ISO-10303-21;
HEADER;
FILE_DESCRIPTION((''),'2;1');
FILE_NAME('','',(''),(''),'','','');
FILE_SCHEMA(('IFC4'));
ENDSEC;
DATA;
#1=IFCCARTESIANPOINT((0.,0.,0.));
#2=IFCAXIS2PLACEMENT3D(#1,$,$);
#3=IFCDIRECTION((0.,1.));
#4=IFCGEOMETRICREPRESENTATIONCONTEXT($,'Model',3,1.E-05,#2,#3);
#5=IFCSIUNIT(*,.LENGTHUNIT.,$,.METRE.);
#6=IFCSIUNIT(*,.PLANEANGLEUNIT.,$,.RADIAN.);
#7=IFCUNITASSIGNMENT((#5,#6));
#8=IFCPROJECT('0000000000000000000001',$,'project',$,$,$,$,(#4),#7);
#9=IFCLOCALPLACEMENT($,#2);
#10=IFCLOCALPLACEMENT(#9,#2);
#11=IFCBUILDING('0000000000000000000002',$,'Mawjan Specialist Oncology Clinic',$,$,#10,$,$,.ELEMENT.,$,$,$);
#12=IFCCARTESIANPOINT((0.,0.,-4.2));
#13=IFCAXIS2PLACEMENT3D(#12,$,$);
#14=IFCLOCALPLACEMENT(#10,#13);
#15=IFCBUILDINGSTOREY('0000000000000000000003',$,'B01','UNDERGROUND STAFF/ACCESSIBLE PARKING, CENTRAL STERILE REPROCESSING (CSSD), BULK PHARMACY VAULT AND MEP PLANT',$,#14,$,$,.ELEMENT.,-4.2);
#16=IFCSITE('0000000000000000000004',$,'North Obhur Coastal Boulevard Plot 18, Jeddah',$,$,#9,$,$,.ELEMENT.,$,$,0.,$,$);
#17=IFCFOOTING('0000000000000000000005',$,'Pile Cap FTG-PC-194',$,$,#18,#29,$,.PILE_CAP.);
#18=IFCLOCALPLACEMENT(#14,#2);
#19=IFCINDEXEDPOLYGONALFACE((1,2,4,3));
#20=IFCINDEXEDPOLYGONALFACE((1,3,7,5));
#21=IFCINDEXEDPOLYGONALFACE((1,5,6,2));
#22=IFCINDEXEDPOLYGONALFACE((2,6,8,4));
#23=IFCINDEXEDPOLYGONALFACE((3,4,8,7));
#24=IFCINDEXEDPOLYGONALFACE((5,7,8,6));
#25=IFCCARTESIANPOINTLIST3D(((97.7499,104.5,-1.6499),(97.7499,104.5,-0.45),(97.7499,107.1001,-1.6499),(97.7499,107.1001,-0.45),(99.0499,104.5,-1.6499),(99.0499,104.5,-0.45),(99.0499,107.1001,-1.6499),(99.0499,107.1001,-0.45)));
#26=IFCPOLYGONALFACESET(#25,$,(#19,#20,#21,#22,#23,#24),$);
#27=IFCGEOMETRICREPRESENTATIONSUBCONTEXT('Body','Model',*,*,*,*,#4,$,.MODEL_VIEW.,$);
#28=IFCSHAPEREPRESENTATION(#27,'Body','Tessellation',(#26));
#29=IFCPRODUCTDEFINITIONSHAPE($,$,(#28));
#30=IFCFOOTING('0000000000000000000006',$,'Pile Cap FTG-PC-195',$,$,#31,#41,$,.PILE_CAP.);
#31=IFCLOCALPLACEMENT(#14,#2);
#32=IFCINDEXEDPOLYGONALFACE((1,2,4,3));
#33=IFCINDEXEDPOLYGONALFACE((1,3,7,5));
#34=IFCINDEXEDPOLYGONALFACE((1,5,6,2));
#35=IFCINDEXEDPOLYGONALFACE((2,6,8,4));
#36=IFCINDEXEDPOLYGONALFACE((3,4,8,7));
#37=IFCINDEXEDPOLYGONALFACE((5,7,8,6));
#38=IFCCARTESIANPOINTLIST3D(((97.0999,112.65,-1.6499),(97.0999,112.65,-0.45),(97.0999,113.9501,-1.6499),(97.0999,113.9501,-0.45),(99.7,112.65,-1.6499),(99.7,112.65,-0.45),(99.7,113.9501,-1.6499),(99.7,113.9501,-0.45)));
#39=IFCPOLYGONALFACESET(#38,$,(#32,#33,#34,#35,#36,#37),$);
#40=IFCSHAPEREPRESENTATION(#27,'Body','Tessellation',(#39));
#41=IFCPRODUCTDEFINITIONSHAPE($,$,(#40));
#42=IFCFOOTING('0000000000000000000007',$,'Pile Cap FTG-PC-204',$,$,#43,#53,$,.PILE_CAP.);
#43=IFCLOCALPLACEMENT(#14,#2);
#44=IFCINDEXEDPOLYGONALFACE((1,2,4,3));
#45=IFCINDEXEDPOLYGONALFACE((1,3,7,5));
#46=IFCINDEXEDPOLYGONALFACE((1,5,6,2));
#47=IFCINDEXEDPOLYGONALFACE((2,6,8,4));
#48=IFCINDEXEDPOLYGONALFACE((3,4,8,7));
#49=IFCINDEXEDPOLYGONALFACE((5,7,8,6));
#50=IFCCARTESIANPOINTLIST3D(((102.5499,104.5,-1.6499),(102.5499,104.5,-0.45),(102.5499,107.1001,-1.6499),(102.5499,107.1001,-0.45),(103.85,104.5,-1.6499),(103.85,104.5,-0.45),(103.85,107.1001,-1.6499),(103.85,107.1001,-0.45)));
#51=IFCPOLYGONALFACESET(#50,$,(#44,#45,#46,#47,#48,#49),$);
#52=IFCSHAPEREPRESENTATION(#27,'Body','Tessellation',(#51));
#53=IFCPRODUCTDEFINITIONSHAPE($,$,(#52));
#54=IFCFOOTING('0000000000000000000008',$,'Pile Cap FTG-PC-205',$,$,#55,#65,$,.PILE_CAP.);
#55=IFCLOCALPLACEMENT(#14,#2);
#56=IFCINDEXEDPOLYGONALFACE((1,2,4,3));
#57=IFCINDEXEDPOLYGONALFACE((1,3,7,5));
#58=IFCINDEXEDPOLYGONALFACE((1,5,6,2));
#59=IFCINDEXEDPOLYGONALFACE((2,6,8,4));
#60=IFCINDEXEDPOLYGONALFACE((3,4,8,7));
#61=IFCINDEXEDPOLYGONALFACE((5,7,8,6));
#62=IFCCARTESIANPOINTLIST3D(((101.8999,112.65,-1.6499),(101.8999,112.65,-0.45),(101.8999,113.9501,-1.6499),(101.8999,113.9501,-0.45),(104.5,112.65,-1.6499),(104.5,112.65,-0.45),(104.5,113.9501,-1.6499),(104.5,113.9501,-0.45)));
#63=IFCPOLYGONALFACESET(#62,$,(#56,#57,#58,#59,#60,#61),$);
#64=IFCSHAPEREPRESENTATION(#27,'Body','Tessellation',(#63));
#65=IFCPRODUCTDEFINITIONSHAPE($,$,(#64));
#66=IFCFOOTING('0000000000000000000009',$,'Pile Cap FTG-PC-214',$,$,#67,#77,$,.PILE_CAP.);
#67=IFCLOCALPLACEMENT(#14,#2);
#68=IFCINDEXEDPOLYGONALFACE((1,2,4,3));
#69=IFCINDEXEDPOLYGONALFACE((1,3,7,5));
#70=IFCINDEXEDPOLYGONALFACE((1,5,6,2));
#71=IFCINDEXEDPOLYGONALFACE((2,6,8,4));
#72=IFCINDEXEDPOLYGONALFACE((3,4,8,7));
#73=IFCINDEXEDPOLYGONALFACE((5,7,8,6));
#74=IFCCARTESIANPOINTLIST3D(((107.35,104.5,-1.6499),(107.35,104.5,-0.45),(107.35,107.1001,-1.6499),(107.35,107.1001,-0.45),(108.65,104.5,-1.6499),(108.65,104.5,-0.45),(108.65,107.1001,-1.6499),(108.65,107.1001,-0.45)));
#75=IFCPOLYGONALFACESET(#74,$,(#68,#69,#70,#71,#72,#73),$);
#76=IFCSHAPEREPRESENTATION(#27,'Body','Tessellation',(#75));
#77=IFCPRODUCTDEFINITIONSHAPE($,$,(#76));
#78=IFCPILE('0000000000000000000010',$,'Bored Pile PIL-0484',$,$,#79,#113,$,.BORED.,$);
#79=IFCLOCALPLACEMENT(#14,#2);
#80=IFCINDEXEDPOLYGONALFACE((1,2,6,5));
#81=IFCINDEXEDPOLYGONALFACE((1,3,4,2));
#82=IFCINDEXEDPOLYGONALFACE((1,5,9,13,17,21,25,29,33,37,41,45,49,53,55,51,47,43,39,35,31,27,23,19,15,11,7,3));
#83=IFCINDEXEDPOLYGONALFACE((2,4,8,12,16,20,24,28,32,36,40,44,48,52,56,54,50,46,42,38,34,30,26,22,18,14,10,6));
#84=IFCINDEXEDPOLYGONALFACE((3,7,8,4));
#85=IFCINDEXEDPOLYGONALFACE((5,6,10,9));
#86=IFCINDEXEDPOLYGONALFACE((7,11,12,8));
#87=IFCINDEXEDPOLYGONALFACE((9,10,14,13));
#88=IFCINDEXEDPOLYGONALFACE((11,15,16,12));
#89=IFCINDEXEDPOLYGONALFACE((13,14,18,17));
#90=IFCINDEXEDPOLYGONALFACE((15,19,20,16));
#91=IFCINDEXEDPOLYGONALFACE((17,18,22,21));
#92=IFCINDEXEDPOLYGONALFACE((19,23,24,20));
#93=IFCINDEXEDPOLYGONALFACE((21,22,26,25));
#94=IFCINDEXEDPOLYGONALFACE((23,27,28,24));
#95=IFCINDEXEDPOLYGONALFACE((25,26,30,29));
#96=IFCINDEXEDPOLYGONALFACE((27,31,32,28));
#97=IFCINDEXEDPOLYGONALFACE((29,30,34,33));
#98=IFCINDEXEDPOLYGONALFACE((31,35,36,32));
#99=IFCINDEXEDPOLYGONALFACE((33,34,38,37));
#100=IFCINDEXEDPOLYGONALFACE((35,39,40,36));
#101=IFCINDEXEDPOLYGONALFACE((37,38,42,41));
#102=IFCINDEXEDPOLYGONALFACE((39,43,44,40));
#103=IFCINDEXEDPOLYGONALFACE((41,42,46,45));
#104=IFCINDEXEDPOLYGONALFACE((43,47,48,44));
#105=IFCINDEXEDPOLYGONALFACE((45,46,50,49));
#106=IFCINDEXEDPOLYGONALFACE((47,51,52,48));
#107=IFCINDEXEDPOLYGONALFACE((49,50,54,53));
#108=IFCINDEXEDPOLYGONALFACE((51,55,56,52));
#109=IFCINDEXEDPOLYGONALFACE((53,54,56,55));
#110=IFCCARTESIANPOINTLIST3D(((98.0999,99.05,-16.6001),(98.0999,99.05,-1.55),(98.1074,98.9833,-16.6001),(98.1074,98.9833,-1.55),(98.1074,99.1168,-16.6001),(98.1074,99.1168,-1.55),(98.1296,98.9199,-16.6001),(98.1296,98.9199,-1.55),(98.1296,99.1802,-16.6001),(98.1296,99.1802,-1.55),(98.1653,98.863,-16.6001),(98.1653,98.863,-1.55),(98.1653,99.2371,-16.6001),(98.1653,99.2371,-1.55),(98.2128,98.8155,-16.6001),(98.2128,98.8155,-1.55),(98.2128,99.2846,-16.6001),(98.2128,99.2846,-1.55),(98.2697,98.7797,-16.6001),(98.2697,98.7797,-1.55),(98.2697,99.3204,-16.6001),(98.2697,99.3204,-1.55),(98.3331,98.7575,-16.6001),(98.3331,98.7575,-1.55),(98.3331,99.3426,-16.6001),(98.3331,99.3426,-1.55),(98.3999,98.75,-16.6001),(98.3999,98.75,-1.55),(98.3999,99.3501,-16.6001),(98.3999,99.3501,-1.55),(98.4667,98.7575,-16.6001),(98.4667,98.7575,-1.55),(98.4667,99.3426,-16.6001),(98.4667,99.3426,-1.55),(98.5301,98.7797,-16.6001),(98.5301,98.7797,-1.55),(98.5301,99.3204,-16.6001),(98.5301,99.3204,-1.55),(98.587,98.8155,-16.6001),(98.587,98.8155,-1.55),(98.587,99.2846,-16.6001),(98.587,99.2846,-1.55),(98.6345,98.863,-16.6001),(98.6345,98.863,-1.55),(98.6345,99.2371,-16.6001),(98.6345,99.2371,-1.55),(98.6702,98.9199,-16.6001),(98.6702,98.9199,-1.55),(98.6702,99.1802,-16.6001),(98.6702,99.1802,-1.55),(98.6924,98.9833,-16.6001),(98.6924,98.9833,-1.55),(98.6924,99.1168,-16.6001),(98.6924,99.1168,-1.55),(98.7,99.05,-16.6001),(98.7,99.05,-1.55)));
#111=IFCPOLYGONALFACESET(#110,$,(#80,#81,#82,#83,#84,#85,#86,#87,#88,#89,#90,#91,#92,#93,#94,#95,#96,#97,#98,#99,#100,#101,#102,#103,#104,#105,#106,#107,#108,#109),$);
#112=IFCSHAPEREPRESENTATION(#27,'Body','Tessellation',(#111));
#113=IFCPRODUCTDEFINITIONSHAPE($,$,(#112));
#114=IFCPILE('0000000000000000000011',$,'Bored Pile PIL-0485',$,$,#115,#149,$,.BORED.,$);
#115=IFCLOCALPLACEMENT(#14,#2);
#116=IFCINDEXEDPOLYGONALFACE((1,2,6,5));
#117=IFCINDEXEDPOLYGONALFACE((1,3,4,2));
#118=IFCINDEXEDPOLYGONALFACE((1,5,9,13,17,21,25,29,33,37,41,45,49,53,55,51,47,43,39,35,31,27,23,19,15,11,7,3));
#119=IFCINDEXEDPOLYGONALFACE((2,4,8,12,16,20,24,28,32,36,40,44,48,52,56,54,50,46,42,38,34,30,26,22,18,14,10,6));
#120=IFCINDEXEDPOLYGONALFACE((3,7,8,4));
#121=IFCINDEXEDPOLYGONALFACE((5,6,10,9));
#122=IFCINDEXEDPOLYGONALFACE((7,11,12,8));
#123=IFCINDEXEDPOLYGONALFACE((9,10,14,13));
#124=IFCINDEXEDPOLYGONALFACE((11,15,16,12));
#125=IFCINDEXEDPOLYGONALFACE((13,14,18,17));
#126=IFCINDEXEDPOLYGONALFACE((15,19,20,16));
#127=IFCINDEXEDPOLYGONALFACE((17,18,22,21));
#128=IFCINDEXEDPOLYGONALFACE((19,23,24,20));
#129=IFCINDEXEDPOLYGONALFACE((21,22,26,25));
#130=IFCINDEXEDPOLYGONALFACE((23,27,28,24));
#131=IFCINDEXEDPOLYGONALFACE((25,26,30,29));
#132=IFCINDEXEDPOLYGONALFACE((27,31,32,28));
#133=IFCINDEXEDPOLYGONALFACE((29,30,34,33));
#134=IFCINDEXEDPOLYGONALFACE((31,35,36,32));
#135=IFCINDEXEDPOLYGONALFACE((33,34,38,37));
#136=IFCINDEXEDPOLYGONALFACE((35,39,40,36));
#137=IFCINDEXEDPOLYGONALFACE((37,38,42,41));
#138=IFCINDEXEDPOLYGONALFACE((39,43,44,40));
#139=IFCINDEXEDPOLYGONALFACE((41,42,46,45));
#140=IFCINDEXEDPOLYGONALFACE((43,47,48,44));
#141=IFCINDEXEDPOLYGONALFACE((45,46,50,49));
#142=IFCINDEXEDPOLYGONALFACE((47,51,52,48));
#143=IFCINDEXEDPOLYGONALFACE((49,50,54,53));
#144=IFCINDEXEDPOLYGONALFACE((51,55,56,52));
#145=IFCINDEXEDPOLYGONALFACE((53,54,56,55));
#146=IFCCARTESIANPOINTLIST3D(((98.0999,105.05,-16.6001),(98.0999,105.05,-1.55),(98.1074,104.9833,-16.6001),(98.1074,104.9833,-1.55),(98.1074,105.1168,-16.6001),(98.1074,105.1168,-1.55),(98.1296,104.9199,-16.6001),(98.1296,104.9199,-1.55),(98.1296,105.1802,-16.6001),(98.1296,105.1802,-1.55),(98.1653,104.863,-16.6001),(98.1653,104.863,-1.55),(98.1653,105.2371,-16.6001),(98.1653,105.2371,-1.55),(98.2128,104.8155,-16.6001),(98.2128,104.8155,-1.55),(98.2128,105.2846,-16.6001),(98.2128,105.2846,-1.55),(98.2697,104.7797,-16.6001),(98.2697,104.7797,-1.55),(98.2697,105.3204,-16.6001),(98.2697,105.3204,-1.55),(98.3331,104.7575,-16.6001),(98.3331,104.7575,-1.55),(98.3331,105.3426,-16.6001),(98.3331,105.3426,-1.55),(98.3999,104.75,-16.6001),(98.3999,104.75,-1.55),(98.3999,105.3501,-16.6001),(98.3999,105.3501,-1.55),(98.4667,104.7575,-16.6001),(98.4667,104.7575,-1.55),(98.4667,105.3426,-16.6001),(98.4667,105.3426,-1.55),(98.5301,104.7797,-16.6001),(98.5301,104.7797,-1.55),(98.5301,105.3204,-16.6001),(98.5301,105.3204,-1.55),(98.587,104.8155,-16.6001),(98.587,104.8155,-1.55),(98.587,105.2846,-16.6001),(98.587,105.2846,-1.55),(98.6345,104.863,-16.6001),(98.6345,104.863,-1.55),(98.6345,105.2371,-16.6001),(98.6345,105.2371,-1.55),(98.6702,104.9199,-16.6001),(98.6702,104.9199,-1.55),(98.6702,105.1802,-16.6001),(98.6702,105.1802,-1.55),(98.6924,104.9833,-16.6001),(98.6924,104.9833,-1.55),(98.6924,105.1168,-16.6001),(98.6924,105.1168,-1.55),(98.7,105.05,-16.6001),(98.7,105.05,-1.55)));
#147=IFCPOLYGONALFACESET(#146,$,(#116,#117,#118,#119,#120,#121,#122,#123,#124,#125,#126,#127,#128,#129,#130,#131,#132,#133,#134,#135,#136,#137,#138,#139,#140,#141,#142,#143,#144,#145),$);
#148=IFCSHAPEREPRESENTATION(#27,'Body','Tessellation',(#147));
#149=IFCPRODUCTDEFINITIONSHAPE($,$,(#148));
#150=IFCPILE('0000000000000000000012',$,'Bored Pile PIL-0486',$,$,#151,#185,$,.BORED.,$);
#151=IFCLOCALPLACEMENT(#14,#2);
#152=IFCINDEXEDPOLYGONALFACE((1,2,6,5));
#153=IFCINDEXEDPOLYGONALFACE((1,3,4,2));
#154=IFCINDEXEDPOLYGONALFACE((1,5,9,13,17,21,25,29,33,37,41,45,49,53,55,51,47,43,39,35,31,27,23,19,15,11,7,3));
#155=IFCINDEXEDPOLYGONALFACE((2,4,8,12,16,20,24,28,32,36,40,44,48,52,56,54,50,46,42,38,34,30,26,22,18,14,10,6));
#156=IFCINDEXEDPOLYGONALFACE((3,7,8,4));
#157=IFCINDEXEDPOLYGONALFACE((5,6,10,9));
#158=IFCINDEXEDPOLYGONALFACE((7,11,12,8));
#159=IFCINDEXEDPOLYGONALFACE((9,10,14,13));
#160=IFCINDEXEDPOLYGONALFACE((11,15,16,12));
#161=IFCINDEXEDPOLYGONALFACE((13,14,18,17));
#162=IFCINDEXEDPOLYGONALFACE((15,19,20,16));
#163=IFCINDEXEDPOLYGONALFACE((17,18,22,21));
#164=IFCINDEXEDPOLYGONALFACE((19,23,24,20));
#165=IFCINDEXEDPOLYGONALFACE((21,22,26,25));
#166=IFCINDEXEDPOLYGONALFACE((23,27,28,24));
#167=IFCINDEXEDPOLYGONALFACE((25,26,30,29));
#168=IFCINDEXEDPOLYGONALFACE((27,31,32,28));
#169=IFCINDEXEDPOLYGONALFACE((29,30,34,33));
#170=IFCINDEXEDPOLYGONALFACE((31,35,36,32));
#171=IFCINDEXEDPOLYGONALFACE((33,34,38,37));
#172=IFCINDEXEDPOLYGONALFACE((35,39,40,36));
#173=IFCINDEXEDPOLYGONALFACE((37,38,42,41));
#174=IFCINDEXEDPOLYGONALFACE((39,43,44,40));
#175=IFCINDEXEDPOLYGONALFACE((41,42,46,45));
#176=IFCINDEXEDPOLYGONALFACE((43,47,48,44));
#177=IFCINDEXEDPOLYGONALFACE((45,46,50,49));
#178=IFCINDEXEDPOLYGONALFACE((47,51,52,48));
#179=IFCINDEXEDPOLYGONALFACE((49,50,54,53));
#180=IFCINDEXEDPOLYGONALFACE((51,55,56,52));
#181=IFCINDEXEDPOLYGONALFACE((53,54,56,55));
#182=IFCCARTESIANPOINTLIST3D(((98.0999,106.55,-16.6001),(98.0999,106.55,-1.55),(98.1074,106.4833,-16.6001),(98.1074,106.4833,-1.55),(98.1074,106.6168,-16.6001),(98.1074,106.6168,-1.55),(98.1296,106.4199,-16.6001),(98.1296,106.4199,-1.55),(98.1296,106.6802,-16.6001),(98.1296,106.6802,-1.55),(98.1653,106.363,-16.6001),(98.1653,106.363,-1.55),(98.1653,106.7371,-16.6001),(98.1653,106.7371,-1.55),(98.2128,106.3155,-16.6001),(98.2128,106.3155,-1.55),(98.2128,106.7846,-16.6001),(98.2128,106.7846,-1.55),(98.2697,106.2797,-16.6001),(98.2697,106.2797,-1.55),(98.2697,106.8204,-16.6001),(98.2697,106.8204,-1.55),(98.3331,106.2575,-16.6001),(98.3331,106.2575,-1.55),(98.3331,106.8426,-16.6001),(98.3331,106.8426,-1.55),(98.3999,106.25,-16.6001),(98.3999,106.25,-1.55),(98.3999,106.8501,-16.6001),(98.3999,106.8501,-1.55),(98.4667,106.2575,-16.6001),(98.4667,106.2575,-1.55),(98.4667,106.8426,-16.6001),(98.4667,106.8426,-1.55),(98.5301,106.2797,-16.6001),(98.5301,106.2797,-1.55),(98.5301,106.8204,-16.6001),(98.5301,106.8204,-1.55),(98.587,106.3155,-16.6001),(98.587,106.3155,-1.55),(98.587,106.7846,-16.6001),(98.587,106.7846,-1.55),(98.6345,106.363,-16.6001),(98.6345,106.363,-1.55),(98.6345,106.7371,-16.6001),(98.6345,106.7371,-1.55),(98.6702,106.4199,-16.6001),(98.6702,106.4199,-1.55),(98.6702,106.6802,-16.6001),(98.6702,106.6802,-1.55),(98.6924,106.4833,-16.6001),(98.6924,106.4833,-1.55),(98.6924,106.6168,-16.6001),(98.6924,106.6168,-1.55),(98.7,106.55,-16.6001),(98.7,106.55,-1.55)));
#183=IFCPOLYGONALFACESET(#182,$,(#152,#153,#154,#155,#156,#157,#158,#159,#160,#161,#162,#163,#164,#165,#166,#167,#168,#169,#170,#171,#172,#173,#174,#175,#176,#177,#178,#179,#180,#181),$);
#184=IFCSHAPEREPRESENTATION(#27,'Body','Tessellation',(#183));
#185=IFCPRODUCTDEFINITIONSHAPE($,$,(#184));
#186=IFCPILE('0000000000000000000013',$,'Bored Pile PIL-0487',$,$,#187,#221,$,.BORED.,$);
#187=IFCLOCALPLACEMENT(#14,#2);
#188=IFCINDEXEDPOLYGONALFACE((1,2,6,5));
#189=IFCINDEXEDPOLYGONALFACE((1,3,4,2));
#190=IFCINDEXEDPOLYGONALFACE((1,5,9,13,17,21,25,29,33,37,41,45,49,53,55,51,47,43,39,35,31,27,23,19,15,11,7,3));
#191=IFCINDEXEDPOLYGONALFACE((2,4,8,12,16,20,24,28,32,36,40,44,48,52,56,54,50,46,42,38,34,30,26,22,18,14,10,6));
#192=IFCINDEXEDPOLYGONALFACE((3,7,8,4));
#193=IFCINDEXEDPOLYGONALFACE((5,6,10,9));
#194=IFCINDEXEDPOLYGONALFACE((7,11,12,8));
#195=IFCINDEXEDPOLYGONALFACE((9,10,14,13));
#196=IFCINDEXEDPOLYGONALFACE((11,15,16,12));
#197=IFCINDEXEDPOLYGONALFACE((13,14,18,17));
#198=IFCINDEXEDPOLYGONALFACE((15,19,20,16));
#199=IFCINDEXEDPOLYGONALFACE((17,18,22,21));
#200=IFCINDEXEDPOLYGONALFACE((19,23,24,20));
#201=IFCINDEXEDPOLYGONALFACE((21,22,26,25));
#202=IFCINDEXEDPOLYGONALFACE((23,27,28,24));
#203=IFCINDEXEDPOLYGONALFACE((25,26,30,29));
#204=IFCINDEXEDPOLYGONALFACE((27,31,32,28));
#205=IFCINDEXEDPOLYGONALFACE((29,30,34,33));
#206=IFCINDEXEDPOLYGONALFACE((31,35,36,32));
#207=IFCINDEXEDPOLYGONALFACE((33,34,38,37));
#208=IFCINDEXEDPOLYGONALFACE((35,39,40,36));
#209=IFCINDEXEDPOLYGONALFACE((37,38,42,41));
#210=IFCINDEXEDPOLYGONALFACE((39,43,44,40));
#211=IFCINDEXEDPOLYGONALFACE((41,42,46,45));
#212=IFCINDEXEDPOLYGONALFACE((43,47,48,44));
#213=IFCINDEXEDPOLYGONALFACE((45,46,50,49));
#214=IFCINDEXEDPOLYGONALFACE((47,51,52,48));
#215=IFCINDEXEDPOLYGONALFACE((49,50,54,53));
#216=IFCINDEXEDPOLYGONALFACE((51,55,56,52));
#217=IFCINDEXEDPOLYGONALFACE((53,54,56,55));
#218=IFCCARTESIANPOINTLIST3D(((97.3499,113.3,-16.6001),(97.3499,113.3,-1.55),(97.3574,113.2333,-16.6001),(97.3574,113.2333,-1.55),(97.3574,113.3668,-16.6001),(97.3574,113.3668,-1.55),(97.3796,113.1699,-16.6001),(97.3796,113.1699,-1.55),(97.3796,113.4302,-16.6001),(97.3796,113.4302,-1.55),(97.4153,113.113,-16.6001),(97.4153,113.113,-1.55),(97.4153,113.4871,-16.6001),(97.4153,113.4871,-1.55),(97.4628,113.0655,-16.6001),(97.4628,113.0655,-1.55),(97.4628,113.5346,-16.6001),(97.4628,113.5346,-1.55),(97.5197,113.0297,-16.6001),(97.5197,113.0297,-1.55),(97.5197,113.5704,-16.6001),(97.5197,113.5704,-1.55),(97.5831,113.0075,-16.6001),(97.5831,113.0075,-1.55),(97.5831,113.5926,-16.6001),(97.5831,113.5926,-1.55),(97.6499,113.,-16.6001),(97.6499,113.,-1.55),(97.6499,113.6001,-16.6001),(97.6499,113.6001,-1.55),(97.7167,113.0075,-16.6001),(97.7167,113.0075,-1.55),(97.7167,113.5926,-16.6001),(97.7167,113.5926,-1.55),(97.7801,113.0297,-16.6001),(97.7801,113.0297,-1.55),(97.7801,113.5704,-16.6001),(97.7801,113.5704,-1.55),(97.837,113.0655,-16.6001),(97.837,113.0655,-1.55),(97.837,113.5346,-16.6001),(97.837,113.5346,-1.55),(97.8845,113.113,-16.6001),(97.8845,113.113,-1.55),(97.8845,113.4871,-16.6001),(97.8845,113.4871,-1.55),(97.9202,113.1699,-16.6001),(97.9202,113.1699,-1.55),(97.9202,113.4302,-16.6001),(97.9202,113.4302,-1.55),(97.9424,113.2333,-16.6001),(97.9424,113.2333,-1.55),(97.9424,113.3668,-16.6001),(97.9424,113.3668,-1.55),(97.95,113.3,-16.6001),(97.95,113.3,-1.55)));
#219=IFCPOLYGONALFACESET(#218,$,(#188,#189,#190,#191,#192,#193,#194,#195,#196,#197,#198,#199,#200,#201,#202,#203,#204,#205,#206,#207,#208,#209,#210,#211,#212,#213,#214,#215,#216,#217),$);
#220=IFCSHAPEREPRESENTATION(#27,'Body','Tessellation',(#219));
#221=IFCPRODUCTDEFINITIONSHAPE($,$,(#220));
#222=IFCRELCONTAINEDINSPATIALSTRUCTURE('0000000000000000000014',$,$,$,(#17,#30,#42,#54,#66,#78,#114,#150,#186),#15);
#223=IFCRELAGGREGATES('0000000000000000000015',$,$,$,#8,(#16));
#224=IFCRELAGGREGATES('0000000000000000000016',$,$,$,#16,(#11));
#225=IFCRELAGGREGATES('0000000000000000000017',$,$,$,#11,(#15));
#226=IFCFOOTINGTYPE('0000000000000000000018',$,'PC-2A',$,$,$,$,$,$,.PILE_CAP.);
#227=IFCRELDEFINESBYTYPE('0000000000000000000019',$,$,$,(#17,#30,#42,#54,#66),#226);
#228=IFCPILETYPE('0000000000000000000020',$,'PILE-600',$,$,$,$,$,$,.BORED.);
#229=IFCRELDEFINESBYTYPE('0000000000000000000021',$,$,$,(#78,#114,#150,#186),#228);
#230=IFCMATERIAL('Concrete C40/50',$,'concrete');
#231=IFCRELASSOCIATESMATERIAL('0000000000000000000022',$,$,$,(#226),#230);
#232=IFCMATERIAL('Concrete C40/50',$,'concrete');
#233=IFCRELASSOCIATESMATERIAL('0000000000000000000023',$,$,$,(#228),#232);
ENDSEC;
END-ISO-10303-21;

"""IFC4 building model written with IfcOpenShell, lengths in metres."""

from ifc_helpers import new_model, si_unit, direction, frame, origin, origin_2d, place, context, subcontext, project, spatial, rectangle, circle, extrude, material, material_profile, profile_set, type_object, element, save


model = new_model("IFC4")

# Units and contexts
model_context = context("Model", 3, precision=1e-05, world=origin(), true_north=direction((0.0, 1.0)))
body_context = subcontext(model_context, "Body", "Model", "MODEL_VIEW")
ifc_project = project(units=[si_unit("LENGTHUNIT", "METRE"), si_unit("PLANEANGLEUNIT", "RADIAN")], contexts=[model_context])

# Site, building, storey
site_placement = place(None, origin())
site = spatial("IfcSite", under=ifc_project, at=site_placement, Name="North Obhur Coastal Boulevard Plot 18, Jeddah", CompositionType="ELEMENT", RefElevation=0.0)
building_placement = place(site_placement, origin())
building = spatial("IfcBuilding", under=site, at=building_placement, Name="Mawjan Specialist Oncology Clinic", CompositionType="ELEMENT")
storey_placement = place(building_placement, frame((0.0, 0.0, -4.2)))
storey = spatial("IfcBuildingStorey", under=building, at=storey_placement, Name="B01", Description="UNDERGROUND STAFF/ACCESSIBLE PARKING, CENTRAL STERILE REPROCESSING (CSSD), BULK PHARMACY VAULT AND MEP PLANT", CompositionType="ELEMENT", Elevation=-4.2)

# Footings
ifc_material_1 = material(Name="Concrete C40/50", Category="concrete")
footing_type_1 = type_object("IfcFootingType", Name="PC-2A", PredefinedType="PILE_CAP", material=ifc_material_1)
for number, where, z_axis, x_axis, name in (
    (1, (98.3999, 105.8, -1.6499), (0.0, 0.0, 1.0), (0.0, 1.0, 0.0), "Pile Cap FTG-PC-194"),
    (2, (98.3999, 113.3, -1.6499), (0.0, 0.0, 1.0), (1.0, 0.0, 0.0), "Pile Cap FTG-PC-195"),
    (3, (103.2, 105.8, -1.6499), (0.0, 0.0, 1.0), (0.0, 1.0, 0.0), "Pile Cap FTG-PC-204"),
    (4, (103.2, 113.3, -1.6499), (0.0, 0.0, 1.0), (1.0, 0.0, 0.0), "Pile Cap FTG-PC-205"),
    (5, (108.0, 105.8, -1.6499), (0.0, 0.0, 1.0), (0.0, 1.0, 0.0), "Pile Cap FTG-PC-214"),
):
    element("IfcFooting", number, at=place(storey_placement, frame(where, z_axis=z_axis, x_axis=x_axis)), inside=storey, type_object=footing_type_1, Name=name, PredefinedType="PILE_CAP", context=body_context, shape_type="SweptSolid", body=[
        extrude(rectangle(XDim=2.6001, YDim=1.3, at=origin_2d()), origin(), (0.0, 0.0, 1.0), 1.2),
    ])

# Piles
ifc_material_2 = material(Name="Concrete C40/50", Category="concrete")
ifc_material_profile_1 = material_profile(ifc_material_2, circle(Radius=0.3, at=origin_2d()), Name="BORED PILE D600", Category="concrete")
ifc_profile_set_1 = profile_set([ifc_material_profile_1], Name="Concrete C40/50")
pile_type = type_object("IfcPileType", Name="PILE-600", PredefinedType="BORED", material=ifc_profile_set_1)
for number, where, z_axis, x_axis, name in (
    (6, (98.3999, 99.05, -1.55), (0.0, 0.0, -1.0), (1.0, 0.0, 0.0), "Bored Pile PIL-0484"),
    (7, (98.3999, 105.05, -1.55), (0.0, 0.0, -1.0), (1.0, 0.0, 0.0), "Bored Pile PIL-0485"),
    (8, (98.3999, 106.55, -1.55), (0.0, 0.0, -1.0), (1.0, 0.0, 0.0), "Bored Pile PIL-0486"),
    (9, (97.6499, 113.3, -1.55), (0.0, 0.0, -1.0), (1.0, 0.0, 0.0), "Bored Pile PIL-0487"),
):
    element("IfcPile", number, at=place(storey_placement, frame(where, z_axis=z_axis, x_axis=x_axis)), inside=storey, type_object=pile_type, Name=name, PredefinedType="BORED", context=body_context, shape_type="SweptSolid", body=[
        extrude(circle(Radius=0.3, at=origin_2d()), origin(), (0.0, 0.0, 1.0), 15.05),
    ])

save(model, "model.ifc")
